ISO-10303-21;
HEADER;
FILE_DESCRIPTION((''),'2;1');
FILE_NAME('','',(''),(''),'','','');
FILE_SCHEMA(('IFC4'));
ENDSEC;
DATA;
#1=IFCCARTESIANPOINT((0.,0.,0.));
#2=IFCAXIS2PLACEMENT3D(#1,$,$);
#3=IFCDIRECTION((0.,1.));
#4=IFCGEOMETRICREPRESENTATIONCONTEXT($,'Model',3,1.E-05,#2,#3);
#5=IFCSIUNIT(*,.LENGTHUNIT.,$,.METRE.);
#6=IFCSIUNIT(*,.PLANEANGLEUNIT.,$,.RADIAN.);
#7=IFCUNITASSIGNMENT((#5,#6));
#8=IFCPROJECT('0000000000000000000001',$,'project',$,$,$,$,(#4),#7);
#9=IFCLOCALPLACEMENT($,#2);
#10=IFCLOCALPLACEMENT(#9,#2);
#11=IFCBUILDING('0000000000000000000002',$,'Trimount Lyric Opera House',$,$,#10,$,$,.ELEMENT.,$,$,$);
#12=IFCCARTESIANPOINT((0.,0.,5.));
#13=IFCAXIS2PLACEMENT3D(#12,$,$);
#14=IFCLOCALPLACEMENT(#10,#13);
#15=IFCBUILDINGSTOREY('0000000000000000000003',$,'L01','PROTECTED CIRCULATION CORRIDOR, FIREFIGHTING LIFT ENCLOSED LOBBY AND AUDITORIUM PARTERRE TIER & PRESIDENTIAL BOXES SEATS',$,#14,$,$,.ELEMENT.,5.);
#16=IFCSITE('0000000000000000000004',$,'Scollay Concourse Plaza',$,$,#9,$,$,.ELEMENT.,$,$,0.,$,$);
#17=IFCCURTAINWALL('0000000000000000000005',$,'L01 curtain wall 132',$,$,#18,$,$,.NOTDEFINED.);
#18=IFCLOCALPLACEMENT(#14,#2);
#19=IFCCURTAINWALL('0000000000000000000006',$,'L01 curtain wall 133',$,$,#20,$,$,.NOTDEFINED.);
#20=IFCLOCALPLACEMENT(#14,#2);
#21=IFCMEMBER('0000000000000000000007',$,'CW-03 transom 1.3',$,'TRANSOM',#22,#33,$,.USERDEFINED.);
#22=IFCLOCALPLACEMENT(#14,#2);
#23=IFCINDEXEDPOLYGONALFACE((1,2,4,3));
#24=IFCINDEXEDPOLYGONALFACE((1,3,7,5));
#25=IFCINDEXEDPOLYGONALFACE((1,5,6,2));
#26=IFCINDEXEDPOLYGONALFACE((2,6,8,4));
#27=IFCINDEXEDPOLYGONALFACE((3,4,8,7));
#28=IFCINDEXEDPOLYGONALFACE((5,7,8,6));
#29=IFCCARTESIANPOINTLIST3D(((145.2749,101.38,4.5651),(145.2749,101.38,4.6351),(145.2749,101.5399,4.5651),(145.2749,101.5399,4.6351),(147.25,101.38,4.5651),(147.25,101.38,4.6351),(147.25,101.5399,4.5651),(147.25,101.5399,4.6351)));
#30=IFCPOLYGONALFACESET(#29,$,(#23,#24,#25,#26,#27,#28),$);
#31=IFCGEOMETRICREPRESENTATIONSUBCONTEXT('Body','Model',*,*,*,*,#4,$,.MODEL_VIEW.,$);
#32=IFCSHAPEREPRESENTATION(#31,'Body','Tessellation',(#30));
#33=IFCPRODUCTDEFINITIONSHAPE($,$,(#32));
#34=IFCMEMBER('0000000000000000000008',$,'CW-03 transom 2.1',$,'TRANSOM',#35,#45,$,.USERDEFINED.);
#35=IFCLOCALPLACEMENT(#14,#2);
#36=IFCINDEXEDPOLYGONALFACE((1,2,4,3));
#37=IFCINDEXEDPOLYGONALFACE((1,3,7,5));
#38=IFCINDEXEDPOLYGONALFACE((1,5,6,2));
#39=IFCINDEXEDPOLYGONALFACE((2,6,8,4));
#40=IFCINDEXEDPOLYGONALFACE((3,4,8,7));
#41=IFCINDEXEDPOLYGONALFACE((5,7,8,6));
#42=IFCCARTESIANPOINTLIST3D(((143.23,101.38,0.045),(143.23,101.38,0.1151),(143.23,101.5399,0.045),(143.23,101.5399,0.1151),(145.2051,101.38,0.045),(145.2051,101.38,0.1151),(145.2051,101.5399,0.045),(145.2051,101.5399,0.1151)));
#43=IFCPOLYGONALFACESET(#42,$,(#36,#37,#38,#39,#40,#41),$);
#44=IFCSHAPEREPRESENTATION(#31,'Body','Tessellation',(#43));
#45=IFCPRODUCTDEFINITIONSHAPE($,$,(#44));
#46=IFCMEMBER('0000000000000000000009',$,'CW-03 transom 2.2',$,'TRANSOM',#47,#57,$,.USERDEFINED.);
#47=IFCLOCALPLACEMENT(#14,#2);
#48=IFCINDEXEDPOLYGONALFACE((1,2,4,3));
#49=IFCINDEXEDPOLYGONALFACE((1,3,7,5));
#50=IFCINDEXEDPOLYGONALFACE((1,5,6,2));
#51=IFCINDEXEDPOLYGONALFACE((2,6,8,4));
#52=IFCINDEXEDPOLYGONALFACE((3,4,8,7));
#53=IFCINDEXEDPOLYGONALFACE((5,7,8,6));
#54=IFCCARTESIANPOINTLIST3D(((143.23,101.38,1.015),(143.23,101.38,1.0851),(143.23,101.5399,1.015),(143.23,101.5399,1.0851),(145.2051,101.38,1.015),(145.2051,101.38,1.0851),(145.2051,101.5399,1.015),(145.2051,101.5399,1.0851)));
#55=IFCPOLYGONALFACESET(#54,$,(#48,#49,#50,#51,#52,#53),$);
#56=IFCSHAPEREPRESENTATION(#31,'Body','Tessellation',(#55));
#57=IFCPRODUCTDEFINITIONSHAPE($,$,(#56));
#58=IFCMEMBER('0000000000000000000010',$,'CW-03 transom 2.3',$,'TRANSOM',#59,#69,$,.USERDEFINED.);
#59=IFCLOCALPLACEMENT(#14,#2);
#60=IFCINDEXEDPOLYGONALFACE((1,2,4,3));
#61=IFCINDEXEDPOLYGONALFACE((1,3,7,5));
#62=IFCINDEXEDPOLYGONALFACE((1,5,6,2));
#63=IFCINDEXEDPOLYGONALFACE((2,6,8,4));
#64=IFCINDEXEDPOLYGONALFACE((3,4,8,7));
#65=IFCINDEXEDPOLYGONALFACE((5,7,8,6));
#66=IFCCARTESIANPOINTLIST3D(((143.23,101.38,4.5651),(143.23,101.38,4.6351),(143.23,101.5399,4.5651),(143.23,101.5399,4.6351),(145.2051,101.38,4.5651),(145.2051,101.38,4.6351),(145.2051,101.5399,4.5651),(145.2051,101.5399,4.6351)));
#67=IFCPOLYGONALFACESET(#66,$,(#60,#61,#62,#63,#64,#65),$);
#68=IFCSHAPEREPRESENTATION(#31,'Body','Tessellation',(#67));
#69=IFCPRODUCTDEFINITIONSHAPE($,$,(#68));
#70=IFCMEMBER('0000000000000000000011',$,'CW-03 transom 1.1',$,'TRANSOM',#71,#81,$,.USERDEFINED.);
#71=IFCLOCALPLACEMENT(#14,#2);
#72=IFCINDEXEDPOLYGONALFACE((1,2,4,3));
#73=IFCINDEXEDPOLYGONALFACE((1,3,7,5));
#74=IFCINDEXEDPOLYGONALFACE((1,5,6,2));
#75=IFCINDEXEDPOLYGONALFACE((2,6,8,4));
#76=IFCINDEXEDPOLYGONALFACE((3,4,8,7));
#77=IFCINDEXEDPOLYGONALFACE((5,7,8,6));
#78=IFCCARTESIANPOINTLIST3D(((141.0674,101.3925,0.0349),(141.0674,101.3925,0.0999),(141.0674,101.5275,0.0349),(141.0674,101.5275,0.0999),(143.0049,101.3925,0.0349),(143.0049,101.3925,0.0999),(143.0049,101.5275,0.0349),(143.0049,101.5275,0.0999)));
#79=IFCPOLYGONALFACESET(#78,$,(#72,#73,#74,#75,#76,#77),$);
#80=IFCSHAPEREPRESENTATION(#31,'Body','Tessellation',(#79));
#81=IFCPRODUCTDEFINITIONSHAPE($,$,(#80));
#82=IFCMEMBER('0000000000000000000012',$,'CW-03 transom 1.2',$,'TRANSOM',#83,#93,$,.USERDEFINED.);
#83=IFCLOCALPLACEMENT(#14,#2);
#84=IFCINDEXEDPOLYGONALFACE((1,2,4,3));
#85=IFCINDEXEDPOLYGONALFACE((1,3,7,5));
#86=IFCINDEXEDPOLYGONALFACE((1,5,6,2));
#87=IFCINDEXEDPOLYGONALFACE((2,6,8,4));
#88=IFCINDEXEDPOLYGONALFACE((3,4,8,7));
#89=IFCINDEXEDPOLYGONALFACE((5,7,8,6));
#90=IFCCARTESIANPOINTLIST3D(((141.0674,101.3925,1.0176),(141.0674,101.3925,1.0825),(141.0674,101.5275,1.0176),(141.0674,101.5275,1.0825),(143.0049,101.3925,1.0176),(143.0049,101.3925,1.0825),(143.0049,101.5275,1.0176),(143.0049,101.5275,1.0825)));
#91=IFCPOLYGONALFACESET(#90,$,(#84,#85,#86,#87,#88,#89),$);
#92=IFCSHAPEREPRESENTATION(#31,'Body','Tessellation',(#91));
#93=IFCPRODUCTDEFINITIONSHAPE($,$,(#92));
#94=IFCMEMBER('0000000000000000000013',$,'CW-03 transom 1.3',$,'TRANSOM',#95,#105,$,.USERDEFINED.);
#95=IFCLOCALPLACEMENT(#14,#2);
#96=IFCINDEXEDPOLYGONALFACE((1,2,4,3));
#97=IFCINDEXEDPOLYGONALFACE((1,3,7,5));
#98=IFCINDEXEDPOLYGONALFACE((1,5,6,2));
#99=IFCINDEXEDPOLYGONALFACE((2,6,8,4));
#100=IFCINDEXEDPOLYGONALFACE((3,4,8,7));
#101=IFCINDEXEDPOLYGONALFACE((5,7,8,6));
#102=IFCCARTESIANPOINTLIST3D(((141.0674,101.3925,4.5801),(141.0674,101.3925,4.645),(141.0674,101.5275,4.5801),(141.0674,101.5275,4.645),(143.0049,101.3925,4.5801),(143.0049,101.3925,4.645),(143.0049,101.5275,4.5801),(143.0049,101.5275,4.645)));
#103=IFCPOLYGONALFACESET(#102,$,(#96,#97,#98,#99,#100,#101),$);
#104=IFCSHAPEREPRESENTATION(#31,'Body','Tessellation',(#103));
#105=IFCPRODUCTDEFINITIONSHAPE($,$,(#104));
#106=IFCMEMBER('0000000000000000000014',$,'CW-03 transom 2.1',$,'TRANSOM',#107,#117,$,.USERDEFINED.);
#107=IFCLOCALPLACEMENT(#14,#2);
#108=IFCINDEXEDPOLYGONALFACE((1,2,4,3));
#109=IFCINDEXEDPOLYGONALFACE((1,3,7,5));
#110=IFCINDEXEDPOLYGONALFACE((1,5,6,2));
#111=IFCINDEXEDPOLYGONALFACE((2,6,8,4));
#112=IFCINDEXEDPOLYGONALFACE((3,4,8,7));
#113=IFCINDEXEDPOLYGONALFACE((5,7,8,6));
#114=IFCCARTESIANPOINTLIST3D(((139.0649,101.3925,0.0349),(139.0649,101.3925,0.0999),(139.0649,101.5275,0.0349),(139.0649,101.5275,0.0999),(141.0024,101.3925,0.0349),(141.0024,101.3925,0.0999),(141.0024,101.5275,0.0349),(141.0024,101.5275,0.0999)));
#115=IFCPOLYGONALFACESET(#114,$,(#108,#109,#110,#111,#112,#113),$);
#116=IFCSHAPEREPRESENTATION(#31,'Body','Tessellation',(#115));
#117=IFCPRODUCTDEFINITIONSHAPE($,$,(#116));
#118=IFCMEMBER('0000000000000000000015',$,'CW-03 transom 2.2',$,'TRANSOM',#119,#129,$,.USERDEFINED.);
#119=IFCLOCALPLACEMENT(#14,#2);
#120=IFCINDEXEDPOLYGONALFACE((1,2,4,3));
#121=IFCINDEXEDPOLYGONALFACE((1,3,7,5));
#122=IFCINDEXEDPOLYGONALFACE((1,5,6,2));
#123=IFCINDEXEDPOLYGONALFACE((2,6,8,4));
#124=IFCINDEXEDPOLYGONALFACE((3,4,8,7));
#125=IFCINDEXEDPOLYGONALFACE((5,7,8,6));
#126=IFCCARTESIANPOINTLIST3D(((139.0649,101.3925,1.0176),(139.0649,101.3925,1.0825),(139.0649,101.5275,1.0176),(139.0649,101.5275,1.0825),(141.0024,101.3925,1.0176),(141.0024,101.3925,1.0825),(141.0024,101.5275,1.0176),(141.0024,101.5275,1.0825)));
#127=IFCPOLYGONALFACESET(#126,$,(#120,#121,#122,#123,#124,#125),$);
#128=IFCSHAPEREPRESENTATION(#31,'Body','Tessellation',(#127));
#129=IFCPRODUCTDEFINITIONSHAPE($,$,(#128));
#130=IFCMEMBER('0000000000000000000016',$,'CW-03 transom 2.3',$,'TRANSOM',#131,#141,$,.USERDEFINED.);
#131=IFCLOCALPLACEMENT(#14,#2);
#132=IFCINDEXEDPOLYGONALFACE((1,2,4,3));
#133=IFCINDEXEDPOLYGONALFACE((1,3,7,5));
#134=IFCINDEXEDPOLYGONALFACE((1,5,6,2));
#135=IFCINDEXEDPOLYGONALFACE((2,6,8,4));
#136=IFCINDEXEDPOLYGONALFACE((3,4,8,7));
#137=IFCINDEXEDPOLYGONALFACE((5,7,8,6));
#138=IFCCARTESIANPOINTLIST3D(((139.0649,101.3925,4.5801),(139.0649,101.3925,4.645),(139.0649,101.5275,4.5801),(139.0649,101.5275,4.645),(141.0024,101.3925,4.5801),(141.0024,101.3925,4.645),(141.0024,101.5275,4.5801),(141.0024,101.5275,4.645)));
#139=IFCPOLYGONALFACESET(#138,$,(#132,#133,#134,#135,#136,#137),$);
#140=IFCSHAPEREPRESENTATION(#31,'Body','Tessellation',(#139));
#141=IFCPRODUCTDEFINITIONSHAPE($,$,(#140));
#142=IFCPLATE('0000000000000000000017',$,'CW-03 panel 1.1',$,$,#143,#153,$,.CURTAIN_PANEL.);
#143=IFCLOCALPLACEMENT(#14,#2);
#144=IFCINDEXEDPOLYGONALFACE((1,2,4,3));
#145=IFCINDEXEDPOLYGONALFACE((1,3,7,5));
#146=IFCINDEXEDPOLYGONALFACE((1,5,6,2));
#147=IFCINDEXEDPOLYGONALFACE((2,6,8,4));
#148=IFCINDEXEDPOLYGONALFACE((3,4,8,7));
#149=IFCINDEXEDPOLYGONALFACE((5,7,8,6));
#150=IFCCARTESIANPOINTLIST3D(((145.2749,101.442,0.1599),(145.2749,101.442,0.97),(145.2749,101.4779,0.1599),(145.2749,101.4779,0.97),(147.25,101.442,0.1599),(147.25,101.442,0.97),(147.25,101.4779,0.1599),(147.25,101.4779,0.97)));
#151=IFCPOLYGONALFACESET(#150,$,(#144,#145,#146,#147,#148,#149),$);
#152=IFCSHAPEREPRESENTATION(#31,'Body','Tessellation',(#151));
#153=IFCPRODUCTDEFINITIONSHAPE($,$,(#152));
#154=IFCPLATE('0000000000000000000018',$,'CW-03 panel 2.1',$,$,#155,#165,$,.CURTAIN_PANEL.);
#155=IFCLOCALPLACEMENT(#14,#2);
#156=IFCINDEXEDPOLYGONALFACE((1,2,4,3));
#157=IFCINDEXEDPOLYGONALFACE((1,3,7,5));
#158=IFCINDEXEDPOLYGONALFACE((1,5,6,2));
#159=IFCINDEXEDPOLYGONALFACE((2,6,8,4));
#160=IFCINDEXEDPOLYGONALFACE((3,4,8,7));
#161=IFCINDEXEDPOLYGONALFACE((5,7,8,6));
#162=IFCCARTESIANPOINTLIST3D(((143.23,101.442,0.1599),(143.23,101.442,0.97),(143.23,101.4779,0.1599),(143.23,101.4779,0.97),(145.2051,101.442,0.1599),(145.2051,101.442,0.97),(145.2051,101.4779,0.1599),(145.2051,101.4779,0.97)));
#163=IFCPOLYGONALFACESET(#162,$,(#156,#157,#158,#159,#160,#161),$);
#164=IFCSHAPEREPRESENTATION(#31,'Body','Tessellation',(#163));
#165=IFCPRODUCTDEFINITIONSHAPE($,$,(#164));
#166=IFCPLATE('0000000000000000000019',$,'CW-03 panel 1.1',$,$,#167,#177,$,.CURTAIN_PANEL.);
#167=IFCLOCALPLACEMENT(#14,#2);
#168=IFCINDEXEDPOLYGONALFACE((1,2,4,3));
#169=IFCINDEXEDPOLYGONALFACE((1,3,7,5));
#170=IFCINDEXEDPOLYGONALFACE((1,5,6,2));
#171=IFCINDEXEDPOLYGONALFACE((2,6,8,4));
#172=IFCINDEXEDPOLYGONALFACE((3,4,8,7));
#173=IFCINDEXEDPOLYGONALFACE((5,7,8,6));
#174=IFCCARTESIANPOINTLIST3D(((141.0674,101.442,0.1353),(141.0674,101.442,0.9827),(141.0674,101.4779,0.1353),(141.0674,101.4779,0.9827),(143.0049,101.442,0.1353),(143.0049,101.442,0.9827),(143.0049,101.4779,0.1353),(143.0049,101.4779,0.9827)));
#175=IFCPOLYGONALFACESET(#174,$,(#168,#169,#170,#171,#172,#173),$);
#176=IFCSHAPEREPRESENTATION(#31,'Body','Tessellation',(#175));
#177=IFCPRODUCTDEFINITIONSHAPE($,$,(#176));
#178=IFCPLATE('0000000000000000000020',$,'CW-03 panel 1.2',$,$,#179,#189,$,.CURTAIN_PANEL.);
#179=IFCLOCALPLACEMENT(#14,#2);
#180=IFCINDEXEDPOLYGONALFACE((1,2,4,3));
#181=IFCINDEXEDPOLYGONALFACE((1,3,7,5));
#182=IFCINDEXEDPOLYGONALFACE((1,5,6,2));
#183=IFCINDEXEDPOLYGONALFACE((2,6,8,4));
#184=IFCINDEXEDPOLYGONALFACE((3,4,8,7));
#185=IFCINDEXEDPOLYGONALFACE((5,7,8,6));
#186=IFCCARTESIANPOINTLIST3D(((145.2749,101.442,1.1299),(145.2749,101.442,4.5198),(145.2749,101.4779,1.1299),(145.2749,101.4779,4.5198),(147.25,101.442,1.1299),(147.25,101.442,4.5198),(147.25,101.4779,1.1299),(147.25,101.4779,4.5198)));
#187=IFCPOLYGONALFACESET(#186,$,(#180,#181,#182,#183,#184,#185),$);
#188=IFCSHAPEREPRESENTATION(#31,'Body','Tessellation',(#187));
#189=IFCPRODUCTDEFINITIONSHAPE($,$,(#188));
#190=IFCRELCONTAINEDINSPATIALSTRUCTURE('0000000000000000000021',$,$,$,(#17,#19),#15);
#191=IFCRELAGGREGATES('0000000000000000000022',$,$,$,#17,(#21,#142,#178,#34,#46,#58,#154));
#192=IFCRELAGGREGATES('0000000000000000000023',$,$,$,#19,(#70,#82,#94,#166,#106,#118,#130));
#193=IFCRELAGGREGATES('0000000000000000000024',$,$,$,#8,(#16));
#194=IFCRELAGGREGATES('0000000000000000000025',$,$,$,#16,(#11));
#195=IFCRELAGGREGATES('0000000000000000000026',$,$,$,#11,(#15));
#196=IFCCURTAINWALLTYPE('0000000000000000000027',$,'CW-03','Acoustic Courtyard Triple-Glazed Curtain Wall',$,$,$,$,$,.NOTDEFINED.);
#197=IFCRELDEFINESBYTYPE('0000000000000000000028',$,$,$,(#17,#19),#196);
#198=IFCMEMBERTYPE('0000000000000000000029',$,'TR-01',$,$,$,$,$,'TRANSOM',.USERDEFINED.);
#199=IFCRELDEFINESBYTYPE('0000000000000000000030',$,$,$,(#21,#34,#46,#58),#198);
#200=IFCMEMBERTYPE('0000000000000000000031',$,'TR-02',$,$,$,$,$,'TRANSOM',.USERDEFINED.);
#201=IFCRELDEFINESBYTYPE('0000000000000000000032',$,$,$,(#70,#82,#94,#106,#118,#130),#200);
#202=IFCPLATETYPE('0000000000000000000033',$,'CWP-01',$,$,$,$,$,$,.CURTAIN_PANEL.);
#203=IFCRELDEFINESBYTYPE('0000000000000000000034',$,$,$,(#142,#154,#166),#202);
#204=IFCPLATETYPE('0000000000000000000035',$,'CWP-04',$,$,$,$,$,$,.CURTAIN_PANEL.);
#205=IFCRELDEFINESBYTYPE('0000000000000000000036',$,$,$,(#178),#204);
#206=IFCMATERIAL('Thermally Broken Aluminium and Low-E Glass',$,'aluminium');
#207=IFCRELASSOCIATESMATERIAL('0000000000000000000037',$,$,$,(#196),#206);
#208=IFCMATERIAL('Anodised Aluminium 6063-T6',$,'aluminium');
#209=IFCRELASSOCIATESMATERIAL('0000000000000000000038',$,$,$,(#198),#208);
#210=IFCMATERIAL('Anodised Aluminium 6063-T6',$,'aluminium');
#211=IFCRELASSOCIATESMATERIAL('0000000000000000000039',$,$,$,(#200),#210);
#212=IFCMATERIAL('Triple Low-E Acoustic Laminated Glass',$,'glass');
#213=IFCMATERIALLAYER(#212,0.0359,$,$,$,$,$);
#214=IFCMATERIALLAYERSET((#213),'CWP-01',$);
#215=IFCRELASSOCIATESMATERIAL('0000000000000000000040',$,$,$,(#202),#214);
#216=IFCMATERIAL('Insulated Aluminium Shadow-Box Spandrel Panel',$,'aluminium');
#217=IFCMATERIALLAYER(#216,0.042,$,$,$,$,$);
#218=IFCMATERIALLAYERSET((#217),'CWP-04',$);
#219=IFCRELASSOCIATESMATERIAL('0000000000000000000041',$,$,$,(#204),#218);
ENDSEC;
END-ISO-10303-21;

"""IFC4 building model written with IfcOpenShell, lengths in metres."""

from ifc_helpers import new_model, si_unit, direction, frame, origin, origin_2d, place, context, subcontext, project, spatial, rectangle, extrude, material, layer, layer_set, material_profile, profile_set, type_object, element, aggregate, save


model = new_model("IFC4")

# Units and contexts
model_context = context("Model", 3, precision=1e-05, world=origin(), true_north=direction((0.0, 1.0)))
body_context = subcontext(model_context, "Body", "Model", "MODEL_VIEW")
ifc_project = project(units=[si_unit("LENGTHUNIT", "METRE"), si_unit("PLANEANGLEUNIT", "RADIAN")], contexts=[model_context])

# Site, building, storey
site_placement = place(None, origin())
site = spatial("IfcSite", under=ifc_project, at=site_placement, Name="Scollay Concourse Plaza", CompositionType="ELEMENT", RefElevation=0.0)
building_placement = place(site_placement, origin())
building = spatial("IfcBuilding", under=site, at=building_placement, Name="Trimount Lyric Opera House", CompositionType="ELEMENT")
storey_placement = place(building_placement, frame((0.0, 0.0, 5.0)))
storey = spatial("IfcBuildingStorey", under=building, at=storey_placement, Name="L01", Description="PROTECTED CIRCULATION CORRIDOR, FIREFIGHTING LIFT ENCLOSED LOBBY AND AUDITORIUM PARTERRE TIER & PRESIDENTIAL BOXES SEATS", CompositionType="ELEMENT", Elevation=5.0)

# Curtain walls
ifc_material_1 = material(Name="Thermally Broken Aluminium and Low-E Glass", Category="aluminium")
curtain_wall_type = type_object("IfcCurtainWallType", Name="CW-03", Description="Acoustic Courtyard Triple-Glazed Curtain Wall", PredefinedType="NOTDEFINED", material=ifc_material_1)
curtain_wall_1_placement = place(storey_placement, origin())
curtain_wall_1 = element("IfcCurtainWall", 1, at=curtain_wall_1_placement, inside=storey, type_object=curtain_wall_type, Name="L01 curtain wall 132", PredefinedType="NOTDEFINED")
curtain_wall_2_placement = place(storey_placement, origin())
curtain_wall_2 = element("IfcCurtainWall", 2, at=curtain_wall_2_placement, inside=storey, type_object=curtain_wall_type, Name="L01 curtain wall 133", PredefinedType="NOTDEFINED")

# Members
ifc_material_2 = material(Name="Anodised Aluminium 6063-T6", Category="aluminium")
ifc_material_profile_1 = material_profile(ifc_material_2, rectangle(XDim=0.1599, YDim=0.0701, at=origin_2d()), Name="ALU-TRAN-70X160")
ifc_profile_set_1 = profile_set([ifc_material_profile_1], Name="Anodised Aluminium 6063-T6")
member_type_1 = type_object("IfcMemberType", Name="TR-01", ElementType="TRANSOM", PredefinedType="USERDEFINED", material=ifc_profile_set_1)
member_1_placement = place(storey_placement, frame((147.25, 101.46, 4.6001), z_axis=(-1.0, 0.0, 0.0), x_axis=(0.0, -1.0, 0.0)))
member_1 = element("IfcMember", 3, at=member_1_placement, type_object=member_type_1, Name="CW-03 transom 1.3", ObjectType="TRANSOM", PredefinedType="USERDEFINED", context=body_context, shape_type="SweptSolid", body=[
    extrude(rectangle(XDim=0.1599, YDim=0.0701, at=origin_2d()), origin(), (0.0, 0.0, 1.0), 1.9751),
])
member_2_placement = place(storey_placement, frame((145.2051, 101.46, 0.0801), z_axis=(-1.0, 0.0, 0.0), x_axis=(0.0, -1.0, 0.0)))
member_2 = element("IfcMember", 4, at=member_2_placement, type_object=member_type_1, Name="CW-03 transom 2.1", ObjectType="TRANSOM", PredefinedType="USERDEFINED", context=body_context, shape_type="SweptSolid", body=[
    extrude(rectangle(XDim=0.1599, YDim=0.0701, at=origin_2d()), origin(), (0.0, 0.0, 1.0), 1.9751),
])
member_3_placement = place(storey_placement, frame((145.2051, 101.46, 1.05), z_axis=(-1.0, 0.0, 0.0), x_axis=(0.0, -1.0, 0.0)))
member_3 = element("IfcMember", 5, at=member_3_placement, type_object=member_type_1, Name="CW-03 transom 2.2", ObjectType="TRANSOM", PredefinedType="USERDEFINED", context=body_context, shape_type="SweptSolid", body=[
    extrude(rectangle(XDim=0.1599, YDim=0.0701, at=origin_2d()), origin(), (0.0, 0.0, 1.0), 1.9751),
])
member_4_placement = place(storey_placement, frame((145.2051, 101.46, 4.6001), z_axis=(-1.0, 0.0, 0.0), x_axis=(0.0, -1.0, 0.0)))
member_4 = element("IfcMember", 6, at=member_4_placement, type_object=member_type_1, Name="CW-03 transom 2.3", ObjectType="TRANSOM", PredefinedType="USERDEFINED", context=body_context, shape_type="SweptSolid", body=[
    extrude(rectangle(XDim=0.1599, YDim=0.0701, at=origin_2d()), origin(), (0.0, 0.0, 1.0), 1.9751),
])
ifc_material_3 = material(Name="Anodised Aluminium 6063-T6", Category="aluminium")
ifc_material_profile_2 = material_profile(ifc_material_3, rectangle(XDim=0.135, YDim=0.0649, at=origin_2d()), Name="ALU-TRAN-65X135")
ifc_profile_set_2 = profile_set([ifc_material_profile_2], Name="Anodised Aluminium 6063-T6")
member_type_2 = type_object("IfcMemberType", Name="TR-02", ElementType="TRANSOM", PredefinedType="USERDEFINED", material=ifc_profile_set_2)
member_5_placement = place(storey_placement, frame((143.0049, 101.46, 0.0674), z_axis=(-1.0, 0.0, 0.0), x_axis=(0.0, -1.0, 0.0)))
member_5 = element("IfcMember", 7, at=member_5_placement, type_object=member_type_2, Name="CW-03 transom 1.1", ObjectType="TRANSOM", PredefinedType="USERDEFINED", context=body_context, shape_type="SweptSolid", body=[
    extrude(rectangle(XDim=0.135, YDim=0.0649, at=origin_2d()), origin(), (0.0, 0.0, 1.0), 1.9375),
])
member_6_placement = place(storey_placement, frame((143.0049, 101.46, 1.05), z_axis=(-1.0, 0.0, 0.0), x_axis=(0.0, -1.0, 0.0)))
member_6 = element("IfcMember", 8, at=member_6_placement, type_object=member_type_2, Name="CW-03 transom 1.2", ObjectType="TRANSOM", PredefinedType="USERDEFINED", context=body_context, shape_type="SweptSolid", body=[
    extrude(rectangle(XDim=0.135, YDim=0.0649, at=origin_2d()), origin(), (0.0, 0.0, 1.0), 1.9375),
])
member_7_placement = place(storey_placement, frame((143.0049, 101.46, 4.6125), z_axis=(-1.0, 0.0, 0.0), x_axis=(0.0, -1.0, 0.0)))
member_7 = element("IfcMember", 9, at=member_7_placement, type_object=member_type_2, Name="CW-03 transom 1.3", ObjectType="TRANSOM", PredefinedType="USERDEFINED", context=body_context, shape_type="SweptSolid", body=[
    extrude(rectangle(XDim=0.135, YDim=0.0649, at=origin_2d()), origin(), (0.0, 0.0, 1.0), 1.9375),
])
member_8_placement = place(storey_placement, frame((141.0024, 101.46, 0.0674), z_axis=(-1.0, 0.0, 0.0), x_axis=(0.0, -1.0, 0.0)))
member_8 = element("IfcMember", 10, at=member_8_placement, type_object=member_type_2, Name="CW-03 transom 2.1", ObjectType="TRANSOM", PredefinedType="USERDEFINED", context=body_context, shape_type="SweptSolid", body=[
    extrude(rectangle(XDim=0.135, YDim=0.0649, at=origin_2d()), origin(), (0.0, 0.0, 1.0), 1.9375),
])
member_9_placement = place(storey_placement, frame((141.0024, 101.46, 1.05), z_axis=(-1.0, 0.0, 0.0), x_axis=(0.0, -1.0, 0.0)))
member_9 = element("IfcMember", 11, at=member_9_placement, type_object=member_type_2, Name="CW-03 transom 2.2", ObjectType="TRANSOM", PredefinedType="USERDEFINED", context=body_context, shape_type="SweptSolid", body=[
    extrude(rectangle(XDim=0.135, YDim=0.0649, at=origin_2d()), origin(), (0.0, 0.0, 1.0), 1.9375),
])
member_10_placement = place(storey_placement, frame((141.0024, 101.46, 4.6125), z_axis=(-1.0, 0.0, 0.0), x_axis=(0.0, -1.0, 0.0)))
member_10 = element("IfcMember", 12, at=member_10_placement, type_object=member_type_2, Name="CW-03 transom 2.3", ObjectType="TRANSOM", PredefinedType="USERDEFINED", context=body_context, shape_type="SweptSolid", body=[
    extrude(rectangle(XDim=0.135, YDim=0.0649, at=origin_2d()), origin(), (0.0, 0.0, 1.0), 1.9375),
])

# Plates
ifc_material_4 = material(Name="Triple Low-E Acoustic Laminated Glass", Category="glass")
ifc_layer_1 = layer(ifc_material_4, 0.0359)
ifc_layer_set_1 = layer_set([ifc_layer_1], Name="CWP-01")
plate_type_1 = type_object("IfcPlateType", Name="CWP-01", PredefinedType="CURTAIN_PANEL", material=ifc_layer_set_1)
plate_1_placement = place(storey_placement, frame((146.2625, 101.46, 0.1599), z_axis=(0.0, 0.0, 1.0), x_axis=(-1.0, 0.0, 0.0)))
plate_1 = element("IfcPlate", 13, at=plate_1_placement, type_object=plate_type_1, Name="CW-03 panel 1.1", PredefinedType="CURTAIN_PANEL", context=body_context, shape_type="SweptSolid", body=[
    extrude(rectangle(XDim=1.9751, YDim=0.0359, at=origin_2d()), origin(), (0.0, 0.0, 1.0), 0.8101),
])
plate_2_placement = place(storey_placement, frame((144.2175, 101.46, 0.1599), z_axis=(0.0, 0.0, 1.0), x_axis=(-1.0, 0.0, 0.0)))
plate_2 = element("IfcPlate", 14, at=plate_2_placement, type_object=plate_type_1, Name="CW-03 panel 2.1", PredefinedType="CURTAIN_PANEL", context=body_context, shape_type="SweptSolid", body=[
    extrude(rectangle(XDim=1.9751, YDim=0.0359, at=origin_2d()), origin(), (0.0, 0.0, 1.0), 0.8101),
])
plate_3_placement = place(storey_placement, frame((142.0361, 101.46, 0.1353), z_axis=(0.0, 0.0, 1.0), x_axis=(-1.0, 0.0, 0.0)))
plate_3 = element("IfcPlate", 15, at=plate_3_placement, type_object=plate_type_1, Name="CW-03 panel 1.1", PredefinedType="CURTAIN_PANEL", context=body_context, shape_type="SweptSolid", body=[
    extrude(rectangle(XDim=1.9375, YDim=0.0359, at=origin_2d()), origin(), (0.0, 0.0, 1.0), 0.8474),
])
ifc_material_5 = material(Name="Insulated Aluminium Shadow-Box Spandrel Panel", Category="aluminium")
ifc_layer_2 = layer(ifc_material_5, 0.042)
ifc_layer_set_2 = layer_set([ifc_layer_2], Name="CWP-04")
plate_type_2 = type_object("IfcPlateType", Name="CWP-04", PredefinedType="CURTAIN_PANEL", material=ifc_layer_set_2)
plate_4_placement = place(storey_placement, frame((146.2625, 101.46, 1.1299), z_axis=(0.0, 0.0, 1.0), x_axis=(-1.0, 0.0, 0.0)))
plate_4 = element("IfcPlate", 16, at=plate_4_placement, type_object=plate_type_2, Name="CW-03 panel 1.2", PredefinedType="CURTAIN_PANEL", context=body_context, shape_type="SweptSolid", body=[
    extrude(rectangle(XDim=1.9751, YDim=0.0359, at=origin_2d()), origin(), (0.0, 0.0, 1.0), 3.3899),
])
aggregate(curtain_wall_1, [member_1, plate_1, plate_4, member_2, member_3, member_4, plate_2])
aggregate(curtain_wall_2, [member_5, member_6, member_7, plate_3, member_8, member_9, member_10])

save(model, "model.ifc")
